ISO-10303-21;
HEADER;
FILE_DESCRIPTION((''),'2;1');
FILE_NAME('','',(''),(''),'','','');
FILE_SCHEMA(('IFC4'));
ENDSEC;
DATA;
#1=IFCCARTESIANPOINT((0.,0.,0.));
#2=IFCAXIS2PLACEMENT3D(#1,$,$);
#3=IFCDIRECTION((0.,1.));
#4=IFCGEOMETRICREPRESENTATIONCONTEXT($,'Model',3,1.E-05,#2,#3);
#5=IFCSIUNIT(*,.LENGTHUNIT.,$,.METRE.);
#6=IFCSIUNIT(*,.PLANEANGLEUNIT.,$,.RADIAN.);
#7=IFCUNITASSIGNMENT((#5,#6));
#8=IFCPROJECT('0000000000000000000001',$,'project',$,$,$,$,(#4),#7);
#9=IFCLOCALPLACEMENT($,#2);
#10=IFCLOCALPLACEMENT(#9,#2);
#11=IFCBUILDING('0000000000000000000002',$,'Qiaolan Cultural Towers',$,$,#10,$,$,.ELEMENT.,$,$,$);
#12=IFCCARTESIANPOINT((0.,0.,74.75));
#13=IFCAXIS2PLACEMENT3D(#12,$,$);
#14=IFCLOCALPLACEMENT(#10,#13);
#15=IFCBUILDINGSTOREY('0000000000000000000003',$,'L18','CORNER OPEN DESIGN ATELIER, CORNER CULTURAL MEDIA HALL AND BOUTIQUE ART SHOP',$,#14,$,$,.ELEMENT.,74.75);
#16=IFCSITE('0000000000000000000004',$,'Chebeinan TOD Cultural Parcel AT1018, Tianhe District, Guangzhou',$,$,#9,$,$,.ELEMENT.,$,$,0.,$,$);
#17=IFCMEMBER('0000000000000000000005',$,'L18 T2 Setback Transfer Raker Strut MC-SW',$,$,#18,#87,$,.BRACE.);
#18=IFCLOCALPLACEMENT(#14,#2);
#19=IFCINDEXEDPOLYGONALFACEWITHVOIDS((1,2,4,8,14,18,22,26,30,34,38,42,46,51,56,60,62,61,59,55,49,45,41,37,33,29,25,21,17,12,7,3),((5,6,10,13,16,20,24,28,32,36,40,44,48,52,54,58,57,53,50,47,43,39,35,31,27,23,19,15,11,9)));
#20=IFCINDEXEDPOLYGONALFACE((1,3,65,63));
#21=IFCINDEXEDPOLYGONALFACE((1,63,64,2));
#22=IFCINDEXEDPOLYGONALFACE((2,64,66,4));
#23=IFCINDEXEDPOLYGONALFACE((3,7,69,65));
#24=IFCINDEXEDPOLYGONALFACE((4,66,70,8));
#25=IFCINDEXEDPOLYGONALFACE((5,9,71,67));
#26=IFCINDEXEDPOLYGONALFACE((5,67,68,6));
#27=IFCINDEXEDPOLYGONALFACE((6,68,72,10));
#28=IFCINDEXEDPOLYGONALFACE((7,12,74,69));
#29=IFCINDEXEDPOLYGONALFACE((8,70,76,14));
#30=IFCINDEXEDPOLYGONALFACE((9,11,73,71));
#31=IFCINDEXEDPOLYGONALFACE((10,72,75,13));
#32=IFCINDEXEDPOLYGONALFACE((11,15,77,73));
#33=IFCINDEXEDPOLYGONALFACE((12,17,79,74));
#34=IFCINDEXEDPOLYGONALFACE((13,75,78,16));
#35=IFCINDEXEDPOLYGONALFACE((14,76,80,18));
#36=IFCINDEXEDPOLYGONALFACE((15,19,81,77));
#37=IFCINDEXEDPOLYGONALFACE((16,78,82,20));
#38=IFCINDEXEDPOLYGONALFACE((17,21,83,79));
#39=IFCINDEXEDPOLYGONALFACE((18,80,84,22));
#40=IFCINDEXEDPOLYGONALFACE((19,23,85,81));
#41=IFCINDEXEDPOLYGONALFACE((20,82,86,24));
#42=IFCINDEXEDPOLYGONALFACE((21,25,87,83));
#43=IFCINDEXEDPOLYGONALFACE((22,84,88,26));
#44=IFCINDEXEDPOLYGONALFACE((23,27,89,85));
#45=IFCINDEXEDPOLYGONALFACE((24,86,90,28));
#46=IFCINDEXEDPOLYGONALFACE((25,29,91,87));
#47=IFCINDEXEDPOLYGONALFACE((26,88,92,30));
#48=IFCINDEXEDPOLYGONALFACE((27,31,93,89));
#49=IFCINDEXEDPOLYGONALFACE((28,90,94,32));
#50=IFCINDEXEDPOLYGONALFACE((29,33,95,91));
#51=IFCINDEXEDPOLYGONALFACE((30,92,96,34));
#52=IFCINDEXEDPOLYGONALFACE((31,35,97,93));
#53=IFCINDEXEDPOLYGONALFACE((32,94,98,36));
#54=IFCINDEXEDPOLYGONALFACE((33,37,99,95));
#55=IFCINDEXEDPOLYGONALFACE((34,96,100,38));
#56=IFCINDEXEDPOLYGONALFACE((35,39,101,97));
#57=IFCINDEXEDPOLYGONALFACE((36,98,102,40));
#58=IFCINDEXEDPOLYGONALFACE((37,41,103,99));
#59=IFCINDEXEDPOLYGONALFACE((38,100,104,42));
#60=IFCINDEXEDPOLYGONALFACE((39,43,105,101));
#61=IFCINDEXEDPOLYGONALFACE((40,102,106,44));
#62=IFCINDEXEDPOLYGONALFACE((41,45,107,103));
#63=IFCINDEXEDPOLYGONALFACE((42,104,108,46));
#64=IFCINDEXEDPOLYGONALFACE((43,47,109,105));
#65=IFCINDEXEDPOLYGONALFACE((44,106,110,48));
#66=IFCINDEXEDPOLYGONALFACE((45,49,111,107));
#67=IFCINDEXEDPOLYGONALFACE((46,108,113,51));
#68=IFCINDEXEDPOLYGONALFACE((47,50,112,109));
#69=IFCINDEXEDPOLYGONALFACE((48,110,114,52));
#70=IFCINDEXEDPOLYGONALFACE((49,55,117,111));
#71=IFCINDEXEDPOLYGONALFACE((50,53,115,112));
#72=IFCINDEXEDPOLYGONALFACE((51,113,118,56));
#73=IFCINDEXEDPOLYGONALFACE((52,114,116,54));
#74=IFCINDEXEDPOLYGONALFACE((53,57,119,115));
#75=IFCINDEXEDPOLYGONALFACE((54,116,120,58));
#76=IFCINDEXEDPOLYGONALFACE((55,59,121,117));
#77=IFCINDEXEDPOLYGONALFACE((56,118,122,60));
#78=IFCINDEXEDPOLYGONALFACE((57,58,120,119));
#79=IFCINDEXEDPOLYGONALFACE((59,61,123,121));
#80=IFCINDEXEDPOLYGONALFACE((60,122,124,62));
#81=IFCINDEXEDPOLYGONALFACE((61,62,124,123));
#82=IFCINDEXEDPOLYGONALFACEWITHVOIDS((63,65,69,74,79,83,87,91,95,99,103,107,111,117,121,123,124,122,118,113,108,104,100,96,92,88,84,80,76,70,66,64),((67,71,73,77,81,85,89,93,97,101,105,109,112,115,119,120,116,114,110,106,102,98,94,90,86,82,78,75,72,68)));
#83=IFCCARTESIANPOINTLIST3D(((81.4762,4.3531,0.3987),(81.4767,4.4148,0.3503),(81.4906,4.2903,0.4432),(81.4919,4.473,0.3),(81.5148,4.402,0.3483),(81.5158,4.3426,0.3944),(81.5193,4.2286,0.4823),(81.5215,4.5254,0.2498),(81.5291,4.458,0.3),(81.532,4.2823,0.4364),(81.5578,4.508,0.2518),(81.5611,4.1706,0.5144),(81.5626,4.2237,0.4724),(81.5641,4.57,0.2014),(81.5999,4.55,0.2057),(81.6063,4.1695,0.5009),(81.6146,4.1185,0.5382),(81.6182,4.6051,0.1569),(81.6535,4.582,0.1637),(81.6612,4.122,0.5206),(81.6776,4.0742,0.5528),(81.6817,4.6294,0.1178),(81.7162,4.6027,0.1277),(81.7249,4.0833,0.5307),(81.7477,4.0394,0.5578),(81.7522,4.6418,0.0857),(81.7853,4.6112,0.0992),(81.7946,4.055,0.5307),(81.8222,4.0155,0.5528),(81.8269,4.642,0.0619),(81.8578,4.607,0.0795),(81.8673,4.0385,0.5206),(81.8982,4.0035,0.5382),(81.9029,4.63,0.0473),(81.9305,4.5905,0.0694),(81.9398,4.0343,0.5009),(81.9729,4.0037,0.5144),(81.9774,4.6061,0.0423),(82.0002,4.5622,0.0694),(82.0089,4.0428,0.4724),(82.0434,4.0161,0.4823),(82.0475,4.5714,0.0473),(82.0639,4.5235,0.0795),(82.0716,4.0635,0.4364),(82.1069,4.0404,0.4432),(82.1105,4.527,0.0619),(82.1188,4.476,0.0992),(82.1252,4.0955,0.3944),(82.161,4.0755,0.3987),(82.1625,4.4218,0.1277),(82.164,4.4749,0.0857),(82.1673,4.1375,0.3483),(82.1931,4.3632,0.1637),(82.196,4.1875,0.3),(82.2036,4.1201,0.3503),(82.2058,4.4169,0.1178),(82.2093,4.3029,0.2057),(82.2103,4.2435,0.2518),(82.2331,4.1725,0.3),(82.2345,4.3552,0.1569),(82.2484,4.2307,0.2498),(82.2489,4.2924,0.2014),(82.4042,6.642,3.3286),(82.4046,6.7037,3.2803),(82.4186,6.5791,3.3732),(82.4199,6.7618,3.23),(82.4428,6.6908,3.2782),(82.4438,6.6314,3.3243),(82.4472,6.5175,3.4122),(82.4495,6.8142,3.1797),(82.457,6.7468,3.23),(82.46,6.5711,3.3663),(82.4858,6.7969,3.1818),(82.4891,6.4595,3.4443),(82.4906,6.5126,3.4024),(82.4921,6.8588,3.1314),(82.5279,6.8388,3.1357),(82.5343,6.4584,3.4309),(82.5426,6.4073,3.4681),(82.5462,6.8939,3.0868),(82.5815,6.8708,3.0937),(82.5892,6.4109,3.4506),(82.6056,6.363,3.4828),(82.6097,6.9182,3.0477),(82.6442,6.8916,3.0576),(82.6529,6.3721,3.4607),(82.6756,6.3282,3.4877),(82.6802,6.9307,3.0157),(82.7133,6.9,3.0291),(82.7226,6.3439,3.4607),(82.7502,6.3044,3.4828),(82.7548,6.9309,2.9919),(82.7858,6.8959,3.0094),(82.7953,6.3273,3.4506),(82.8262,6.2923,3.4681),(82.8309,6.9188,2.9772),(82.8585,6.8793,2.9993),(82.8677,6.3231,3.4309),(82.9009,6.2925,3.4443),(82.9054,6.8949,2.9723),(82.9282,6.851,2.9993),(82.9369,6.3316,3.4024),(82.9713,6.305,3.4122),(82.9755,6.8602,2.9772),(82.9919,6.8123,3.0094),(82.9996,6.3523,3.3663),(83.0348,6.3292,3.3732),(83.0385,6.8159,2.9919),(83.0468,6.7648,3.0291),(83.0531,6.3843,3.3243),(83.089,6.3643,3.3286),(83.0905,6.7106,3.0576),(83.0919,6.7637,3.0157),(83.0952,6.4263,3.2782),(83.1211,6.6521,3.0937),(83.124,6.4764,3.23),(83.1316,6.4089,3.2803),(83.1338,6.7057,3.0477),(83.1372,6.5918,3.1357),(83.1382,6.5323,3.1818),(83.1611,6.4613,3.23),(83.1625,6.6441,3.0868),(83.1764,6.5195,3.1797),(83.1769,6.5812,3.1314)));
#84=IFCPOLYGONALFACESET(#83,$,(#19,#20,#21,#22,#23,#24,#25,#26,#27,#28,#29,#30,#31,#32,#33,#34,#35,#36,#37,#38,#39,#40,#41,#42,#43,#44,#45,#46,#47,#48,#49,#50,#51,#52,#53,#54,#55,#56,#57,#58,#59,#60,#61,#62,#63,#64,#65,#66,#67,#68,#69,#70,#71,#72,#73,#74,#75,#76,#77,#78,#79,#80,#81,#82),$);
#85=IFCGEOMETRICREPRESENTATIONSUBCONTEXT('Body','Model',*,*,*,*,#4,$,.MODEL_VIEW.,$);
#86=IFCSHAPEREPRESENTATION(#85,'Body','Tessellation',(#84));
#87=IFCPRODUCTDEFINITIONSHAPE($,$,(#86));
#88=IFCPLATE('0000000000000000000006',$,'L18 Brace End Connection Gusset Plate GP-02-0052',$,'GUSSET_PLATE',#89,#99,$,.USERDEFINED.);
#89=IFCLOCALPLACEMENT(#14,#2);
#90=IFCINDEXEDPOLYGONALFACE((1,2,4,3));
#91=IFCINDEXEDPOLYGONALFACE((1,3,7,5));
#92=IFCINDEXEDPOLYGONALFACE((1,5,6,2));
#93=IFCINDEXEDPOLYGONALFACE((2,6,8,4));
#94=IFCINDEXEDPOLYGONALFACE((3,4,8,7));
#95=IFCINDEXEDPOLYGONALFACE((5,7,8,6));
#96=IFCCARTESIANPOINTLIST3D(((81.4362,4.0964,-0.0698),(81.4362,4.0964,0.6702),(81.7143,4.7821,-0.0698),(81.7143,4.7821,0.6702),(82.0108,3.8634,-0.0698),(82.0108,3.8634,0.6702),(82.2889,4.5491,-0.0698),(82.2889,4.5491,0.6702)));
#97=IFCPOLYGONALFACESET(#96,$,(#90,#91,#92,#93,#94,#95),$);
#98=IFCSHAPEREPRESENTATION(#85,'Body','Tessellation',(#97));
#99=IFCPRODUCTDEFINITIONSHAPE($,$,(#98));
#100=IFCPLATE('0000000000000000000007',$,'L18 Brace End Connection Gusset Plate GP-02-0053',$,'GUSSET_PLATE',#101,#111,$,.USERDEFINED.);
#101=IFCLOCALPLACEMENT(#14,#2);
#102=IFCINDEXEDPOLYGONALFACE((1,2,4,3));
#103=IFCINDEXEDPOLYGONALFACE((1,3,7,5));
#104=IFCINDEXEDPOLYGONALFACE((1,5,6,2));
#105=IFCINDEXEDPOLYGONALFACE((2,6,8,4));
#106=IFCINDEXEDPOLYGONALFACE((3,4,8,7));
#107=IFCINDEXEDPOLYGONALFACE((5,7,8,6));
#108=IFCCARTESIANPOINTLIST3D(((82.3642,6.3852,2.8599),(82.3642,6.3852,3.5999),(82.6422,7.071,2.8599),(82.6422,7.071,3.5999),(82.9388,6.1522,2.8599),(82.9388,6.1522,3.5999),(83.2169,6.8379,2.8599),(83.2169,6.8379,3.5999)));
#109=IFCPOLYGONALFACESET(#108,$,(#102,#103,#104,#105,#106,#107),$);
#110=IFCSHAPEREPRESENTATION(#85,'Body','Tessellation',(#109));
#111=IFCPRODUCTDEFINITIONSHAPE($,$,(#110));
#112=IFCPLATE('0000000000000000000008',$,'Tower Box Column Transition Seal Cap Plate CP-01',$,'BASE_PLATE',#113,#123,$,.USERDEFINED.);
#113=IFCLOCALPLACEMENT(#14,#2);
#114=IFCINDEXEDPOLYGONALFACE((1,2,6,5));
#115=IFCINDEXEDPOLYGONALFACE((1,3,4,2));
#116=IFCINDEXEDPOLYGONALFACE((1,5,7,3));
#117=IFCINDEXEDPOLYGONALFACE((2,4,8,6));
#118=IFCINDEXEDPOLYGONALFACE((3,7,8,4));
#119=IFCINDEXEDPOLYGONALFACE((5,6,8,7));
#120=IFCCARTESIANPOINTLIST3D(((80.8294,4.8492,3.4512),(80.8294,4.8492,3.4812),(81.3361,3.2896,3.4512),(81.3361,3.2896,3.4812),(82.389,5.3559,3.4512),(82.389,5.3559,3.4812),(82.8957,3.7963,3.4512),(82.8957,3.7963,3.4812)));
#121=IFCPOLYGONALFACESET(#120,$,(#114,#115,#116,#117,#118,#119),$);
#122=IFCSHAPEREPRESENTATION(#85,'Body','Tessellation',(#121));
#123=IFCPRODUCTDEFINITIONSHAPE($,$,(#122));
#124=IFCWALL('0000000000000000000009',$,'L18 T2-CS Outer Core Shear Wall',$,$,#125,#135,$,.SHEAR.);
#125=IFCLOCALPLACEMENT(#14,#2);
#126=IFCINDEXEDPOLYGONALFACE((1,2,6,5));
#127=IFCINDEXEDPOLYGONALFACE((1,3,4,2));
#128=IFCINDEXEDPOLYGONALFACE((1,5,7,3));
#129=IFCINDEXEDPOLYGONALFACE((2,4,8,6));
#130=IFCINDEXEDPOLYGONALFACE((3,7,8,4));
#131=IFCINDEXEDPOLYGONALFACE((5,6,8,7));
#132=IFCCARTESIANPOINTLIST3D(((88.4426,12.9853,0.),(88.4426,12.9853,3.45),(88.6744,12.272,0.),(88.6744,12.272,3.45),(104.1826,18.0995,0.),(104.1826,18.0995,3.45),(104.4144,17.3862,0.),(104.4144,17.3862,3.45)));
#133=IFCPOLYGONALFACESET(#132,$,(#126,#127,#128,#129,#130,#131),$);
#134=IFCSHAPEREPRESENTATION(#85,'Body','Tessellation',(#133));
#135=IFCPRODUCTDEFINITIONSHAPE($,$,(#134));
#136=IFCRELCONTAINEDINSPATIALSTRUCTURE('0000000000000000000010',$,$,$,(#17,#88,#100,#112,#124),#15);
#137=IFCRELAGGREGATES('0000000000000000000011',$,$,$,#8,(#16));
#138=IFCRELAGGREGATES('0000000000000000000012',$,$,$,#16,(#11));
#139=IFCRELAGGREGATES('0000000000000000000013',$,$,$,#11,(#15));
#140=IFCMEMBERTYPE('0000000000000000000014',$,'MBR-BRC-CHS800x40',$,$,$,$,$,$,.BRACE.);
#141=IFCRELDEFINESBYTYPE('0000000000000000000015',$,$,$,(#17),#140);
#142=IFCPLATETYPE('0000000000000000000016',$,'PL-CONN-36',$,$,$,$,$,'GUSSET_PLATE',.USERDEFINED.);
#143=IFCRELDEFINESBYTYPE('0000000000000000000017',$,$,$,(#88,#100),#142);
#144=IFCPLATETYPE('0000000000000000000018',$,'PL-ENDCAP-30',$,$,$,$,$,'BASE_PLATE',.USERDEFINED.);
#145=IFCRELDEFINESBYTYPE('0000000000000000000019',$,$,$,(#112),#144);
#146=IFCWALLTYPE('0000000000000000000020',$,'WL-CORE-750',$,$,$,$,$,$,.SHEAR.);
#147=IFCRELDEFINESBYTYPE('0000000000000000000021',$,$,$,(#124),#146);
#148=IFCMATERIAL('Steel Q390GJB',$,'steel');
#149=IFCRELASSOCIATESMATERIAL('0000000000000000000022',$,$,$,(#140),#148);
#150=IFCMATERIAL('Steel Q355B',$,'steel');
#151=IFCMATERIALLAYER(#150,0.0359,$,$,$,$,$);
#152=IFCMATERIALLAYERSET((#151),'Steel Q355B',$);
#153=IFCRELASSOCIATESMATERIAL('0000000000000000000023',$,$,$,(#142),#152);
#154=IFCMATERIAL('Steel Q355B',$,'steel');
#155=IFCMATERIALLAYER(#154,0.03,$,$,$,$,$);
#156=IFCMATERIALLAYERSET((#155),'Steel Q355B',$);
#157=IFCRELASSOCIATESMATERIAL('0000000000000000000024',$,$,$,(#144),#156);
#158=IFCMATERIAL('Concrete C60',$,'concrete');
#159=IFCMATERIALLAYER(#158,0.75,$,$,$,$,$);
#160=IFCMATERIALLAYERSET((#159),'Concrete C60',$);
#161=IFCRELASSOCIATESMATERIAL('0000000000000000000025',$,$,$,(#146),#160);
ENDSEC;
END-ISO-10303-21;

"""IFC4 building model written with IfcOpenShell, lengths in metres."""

from ifc_helpers import new_model, si_unit, direction, frame, frame_2d, origin, origin_2d, place, context, subcontext, project, spatial, rectangle, hollow_circle, extrude, material, layer, layer_set, material_profile, profile_set, type_object, element, save


model = new_model("IFC4")

# Units and contexts
model_context = context("Model", 3, precision=1e-05, world=origin(), true_north=direction((0.0, 1.0)))
body_context = subcontext(model_context, "Body", "Model", "MODEL_VIEW")
ifc_project = project(units=[si_unit("LENGTHUNIT", "METRE"), si_unit("PLANEANGLEUNIT", "RADIAN")], contexts=[model_context])

# Site, building, storey
site_placement = place(None, origin())
site = spatial("IfcSite", under=ifc_project, at=site_placement, Name="Chebeinan TOD Cultural Parcel AT1018, Tianhe District, Guangzhou", CompositionType="ELEMENT", RefElevation=0.0)
building_placement = place(site_placement, origin())
building = spatial("IfcBuilding", under=site, at=building_placement, Name="Qiaolan Cultural Towers", CompositionType="ELEMENT")
storey_placement = place(building_placement, frame((0.0, 0.0, 74.75)))
storey = spatial("IfcBuildingStorey", under=building, at=storey_placement, Name="L18", Description="CORNER OPEN DESIGN ATELIER, CORNER CULTURAL MEDIA HALL AND BOUTIQUE ART SHOP", CompositionType="ELEMENT", Elevation=74.75)

# Member
ifc_material_1 = material(Name="Steel Q390GJB", Category="steel")
ifc_material_profile_1 = material_profile(ifc_material_1, hollow_circle(Radius=0.3999, WallThickness=0.04, at=origin_2d()), Name="CHS800x40")
ifc_profile_set_1 = profile_set([ifc_material_profile_1], Name="Steel Q390GJB")
member_type = type_object("IfcMemberType", Name="MBR-BRC-CHS800x40", PredefinedType="BRACE", material=ifc_profile_set_1)
member_placement = place(storey_placement, frame((81.8625, 4.3228, 0.3), z_axis=(0.242165, 0.597289, 0.764593), x_axis=(-0.926728, 0.375733, 0.0)))
element("IfcMember", 1, at=member_placement, inside=storey, type_object=member_type, Name="L18 T2 Setback Transfer Raker Strut MC-SW", PredefinedType="BRACE", context=body_context, shape_type="SweptSolid", body=[
    extrude(hollow_circle(Radius=0.3999, WallThickness=0.04, at=origin_2d()), origin(), (0.0, 0.0, 1.0), 3.832),
])

# Plates
ifc_material_2 = material(Name="Steel Q355B", Category="steel")
ifc_layer_1 = layer(ifc_material_2, 0.0359)
ifc_layer_set_1 = layer_set([ifc_layer_1], Name="Steel Q355B")
plate_type_1 = type_object("IfcPlateType", Name="PL-CONN-36", ElementType="GUSSET_PLATE", PredefinedType="USERDEFINED", material=ifc_layer_set_1)
for number, where, z_axis, x_axis, name in (
    (2, (81.8625, 4.3228, -0.0698), (0.0, 0.0, 1.0), (0.375786, 0.926706, 0.0), "L18 Brace End Connection Gusset Plate GP-02-0052"),
    (3, (82.7905, 6.6116, 2.8599), (0.0, 0.0, 1.0), (0.375786, 0.926706, 0.0), "L18 Brace End Connection Gusset Plate GP-02-0053"),
):
    element("IfcPlate", number, at=place(storey_placement, frame(where, z_axis=z_axis, x_axis=x_axis)), inside=storey, type_object=plate_type_1, Name=name, ObjectType="GUSSET_PLATE", PredefinedType="USERDEFINED", context=body_context, shape_type="SweptSolid", body=[
        extrude(rectangle(XDim=0.74, YDim=0.6201, at=origin_2d()), origin(), (0.0, 0.0, 1.0), 0.74),
    ])
ifc_material_3 = material(Name="Steel Q355B", Category="steel")
ifc_layer_2 = layer(ifc_material_3, 0.03)
ifc_layer_set_2 = layer_set([ifc_layer_2], Name="Steel Q355B")
plate_type_2 = type_object("IfcPlateType", Name="PL-ENDCAP-30", ElementType="BASE_PLATE", PredefinedType="USERDEFINED", material=ifc_layer_set_2)
plate_placement = place(storey_placement, frame((81.8625, 4.3228, 3.4512), z_axis=(0.0, 0.0, 1.0), x_axis=(0.951057, 0.309017, 0.0)))
element("IfcPlate", 4, at=plate_placement, inside=storey, type_object=plate_type_2, Name="Tower Box Column Transition Seal Cap Plate CP-01", ObjectType="BASE_PLATE", PredefinedType="USERDEFINED", context=body_context, shape_type="SweptSolid", body=[
    extrude(rectangle(XDim=1.6399, YDim=1.6399, at=origin_2d()), origin(), (0.0, 0.0, 1.0), 0.03),
])

# Wall
ifc_material_4 = material(Name="Concrete C60", Category="concrete")
ifc_layer_3 = layer(ifc_material_4, 0.75)
ifc_layer_set_3 = layer_set([ifc_layer_3], Name="Concrete C60")
wall_type_1 = type_object("IfcWallType", Name="WL-CORE-750", PredefinedType="SHEAR", material=ifc_layer_set_3)
wall_1_placement = place(storey_placement, frame((88.5586, 12.6287, 0.0), z_axis=(0.0, 0.0, 1.0), x_axis=(0.951056, 0.309018, 0.0)))
element("IfcWall", 5, at=wall_1_placement, inside=storey, type_object=wall_type_1, Name="L18 T2-CS Outer Core Shear Wall", PredefinedType="SHEAR", context=body_context, shape_type="SweptSolid", body=[
    extrude(rectangle(XDim=16.55, YDim=0.75, at=frame_2d((8.2749, 0.0))), origin(), (0.0, 0.0, 1.0), 3.45),
])

save(model, "model.ifc")
